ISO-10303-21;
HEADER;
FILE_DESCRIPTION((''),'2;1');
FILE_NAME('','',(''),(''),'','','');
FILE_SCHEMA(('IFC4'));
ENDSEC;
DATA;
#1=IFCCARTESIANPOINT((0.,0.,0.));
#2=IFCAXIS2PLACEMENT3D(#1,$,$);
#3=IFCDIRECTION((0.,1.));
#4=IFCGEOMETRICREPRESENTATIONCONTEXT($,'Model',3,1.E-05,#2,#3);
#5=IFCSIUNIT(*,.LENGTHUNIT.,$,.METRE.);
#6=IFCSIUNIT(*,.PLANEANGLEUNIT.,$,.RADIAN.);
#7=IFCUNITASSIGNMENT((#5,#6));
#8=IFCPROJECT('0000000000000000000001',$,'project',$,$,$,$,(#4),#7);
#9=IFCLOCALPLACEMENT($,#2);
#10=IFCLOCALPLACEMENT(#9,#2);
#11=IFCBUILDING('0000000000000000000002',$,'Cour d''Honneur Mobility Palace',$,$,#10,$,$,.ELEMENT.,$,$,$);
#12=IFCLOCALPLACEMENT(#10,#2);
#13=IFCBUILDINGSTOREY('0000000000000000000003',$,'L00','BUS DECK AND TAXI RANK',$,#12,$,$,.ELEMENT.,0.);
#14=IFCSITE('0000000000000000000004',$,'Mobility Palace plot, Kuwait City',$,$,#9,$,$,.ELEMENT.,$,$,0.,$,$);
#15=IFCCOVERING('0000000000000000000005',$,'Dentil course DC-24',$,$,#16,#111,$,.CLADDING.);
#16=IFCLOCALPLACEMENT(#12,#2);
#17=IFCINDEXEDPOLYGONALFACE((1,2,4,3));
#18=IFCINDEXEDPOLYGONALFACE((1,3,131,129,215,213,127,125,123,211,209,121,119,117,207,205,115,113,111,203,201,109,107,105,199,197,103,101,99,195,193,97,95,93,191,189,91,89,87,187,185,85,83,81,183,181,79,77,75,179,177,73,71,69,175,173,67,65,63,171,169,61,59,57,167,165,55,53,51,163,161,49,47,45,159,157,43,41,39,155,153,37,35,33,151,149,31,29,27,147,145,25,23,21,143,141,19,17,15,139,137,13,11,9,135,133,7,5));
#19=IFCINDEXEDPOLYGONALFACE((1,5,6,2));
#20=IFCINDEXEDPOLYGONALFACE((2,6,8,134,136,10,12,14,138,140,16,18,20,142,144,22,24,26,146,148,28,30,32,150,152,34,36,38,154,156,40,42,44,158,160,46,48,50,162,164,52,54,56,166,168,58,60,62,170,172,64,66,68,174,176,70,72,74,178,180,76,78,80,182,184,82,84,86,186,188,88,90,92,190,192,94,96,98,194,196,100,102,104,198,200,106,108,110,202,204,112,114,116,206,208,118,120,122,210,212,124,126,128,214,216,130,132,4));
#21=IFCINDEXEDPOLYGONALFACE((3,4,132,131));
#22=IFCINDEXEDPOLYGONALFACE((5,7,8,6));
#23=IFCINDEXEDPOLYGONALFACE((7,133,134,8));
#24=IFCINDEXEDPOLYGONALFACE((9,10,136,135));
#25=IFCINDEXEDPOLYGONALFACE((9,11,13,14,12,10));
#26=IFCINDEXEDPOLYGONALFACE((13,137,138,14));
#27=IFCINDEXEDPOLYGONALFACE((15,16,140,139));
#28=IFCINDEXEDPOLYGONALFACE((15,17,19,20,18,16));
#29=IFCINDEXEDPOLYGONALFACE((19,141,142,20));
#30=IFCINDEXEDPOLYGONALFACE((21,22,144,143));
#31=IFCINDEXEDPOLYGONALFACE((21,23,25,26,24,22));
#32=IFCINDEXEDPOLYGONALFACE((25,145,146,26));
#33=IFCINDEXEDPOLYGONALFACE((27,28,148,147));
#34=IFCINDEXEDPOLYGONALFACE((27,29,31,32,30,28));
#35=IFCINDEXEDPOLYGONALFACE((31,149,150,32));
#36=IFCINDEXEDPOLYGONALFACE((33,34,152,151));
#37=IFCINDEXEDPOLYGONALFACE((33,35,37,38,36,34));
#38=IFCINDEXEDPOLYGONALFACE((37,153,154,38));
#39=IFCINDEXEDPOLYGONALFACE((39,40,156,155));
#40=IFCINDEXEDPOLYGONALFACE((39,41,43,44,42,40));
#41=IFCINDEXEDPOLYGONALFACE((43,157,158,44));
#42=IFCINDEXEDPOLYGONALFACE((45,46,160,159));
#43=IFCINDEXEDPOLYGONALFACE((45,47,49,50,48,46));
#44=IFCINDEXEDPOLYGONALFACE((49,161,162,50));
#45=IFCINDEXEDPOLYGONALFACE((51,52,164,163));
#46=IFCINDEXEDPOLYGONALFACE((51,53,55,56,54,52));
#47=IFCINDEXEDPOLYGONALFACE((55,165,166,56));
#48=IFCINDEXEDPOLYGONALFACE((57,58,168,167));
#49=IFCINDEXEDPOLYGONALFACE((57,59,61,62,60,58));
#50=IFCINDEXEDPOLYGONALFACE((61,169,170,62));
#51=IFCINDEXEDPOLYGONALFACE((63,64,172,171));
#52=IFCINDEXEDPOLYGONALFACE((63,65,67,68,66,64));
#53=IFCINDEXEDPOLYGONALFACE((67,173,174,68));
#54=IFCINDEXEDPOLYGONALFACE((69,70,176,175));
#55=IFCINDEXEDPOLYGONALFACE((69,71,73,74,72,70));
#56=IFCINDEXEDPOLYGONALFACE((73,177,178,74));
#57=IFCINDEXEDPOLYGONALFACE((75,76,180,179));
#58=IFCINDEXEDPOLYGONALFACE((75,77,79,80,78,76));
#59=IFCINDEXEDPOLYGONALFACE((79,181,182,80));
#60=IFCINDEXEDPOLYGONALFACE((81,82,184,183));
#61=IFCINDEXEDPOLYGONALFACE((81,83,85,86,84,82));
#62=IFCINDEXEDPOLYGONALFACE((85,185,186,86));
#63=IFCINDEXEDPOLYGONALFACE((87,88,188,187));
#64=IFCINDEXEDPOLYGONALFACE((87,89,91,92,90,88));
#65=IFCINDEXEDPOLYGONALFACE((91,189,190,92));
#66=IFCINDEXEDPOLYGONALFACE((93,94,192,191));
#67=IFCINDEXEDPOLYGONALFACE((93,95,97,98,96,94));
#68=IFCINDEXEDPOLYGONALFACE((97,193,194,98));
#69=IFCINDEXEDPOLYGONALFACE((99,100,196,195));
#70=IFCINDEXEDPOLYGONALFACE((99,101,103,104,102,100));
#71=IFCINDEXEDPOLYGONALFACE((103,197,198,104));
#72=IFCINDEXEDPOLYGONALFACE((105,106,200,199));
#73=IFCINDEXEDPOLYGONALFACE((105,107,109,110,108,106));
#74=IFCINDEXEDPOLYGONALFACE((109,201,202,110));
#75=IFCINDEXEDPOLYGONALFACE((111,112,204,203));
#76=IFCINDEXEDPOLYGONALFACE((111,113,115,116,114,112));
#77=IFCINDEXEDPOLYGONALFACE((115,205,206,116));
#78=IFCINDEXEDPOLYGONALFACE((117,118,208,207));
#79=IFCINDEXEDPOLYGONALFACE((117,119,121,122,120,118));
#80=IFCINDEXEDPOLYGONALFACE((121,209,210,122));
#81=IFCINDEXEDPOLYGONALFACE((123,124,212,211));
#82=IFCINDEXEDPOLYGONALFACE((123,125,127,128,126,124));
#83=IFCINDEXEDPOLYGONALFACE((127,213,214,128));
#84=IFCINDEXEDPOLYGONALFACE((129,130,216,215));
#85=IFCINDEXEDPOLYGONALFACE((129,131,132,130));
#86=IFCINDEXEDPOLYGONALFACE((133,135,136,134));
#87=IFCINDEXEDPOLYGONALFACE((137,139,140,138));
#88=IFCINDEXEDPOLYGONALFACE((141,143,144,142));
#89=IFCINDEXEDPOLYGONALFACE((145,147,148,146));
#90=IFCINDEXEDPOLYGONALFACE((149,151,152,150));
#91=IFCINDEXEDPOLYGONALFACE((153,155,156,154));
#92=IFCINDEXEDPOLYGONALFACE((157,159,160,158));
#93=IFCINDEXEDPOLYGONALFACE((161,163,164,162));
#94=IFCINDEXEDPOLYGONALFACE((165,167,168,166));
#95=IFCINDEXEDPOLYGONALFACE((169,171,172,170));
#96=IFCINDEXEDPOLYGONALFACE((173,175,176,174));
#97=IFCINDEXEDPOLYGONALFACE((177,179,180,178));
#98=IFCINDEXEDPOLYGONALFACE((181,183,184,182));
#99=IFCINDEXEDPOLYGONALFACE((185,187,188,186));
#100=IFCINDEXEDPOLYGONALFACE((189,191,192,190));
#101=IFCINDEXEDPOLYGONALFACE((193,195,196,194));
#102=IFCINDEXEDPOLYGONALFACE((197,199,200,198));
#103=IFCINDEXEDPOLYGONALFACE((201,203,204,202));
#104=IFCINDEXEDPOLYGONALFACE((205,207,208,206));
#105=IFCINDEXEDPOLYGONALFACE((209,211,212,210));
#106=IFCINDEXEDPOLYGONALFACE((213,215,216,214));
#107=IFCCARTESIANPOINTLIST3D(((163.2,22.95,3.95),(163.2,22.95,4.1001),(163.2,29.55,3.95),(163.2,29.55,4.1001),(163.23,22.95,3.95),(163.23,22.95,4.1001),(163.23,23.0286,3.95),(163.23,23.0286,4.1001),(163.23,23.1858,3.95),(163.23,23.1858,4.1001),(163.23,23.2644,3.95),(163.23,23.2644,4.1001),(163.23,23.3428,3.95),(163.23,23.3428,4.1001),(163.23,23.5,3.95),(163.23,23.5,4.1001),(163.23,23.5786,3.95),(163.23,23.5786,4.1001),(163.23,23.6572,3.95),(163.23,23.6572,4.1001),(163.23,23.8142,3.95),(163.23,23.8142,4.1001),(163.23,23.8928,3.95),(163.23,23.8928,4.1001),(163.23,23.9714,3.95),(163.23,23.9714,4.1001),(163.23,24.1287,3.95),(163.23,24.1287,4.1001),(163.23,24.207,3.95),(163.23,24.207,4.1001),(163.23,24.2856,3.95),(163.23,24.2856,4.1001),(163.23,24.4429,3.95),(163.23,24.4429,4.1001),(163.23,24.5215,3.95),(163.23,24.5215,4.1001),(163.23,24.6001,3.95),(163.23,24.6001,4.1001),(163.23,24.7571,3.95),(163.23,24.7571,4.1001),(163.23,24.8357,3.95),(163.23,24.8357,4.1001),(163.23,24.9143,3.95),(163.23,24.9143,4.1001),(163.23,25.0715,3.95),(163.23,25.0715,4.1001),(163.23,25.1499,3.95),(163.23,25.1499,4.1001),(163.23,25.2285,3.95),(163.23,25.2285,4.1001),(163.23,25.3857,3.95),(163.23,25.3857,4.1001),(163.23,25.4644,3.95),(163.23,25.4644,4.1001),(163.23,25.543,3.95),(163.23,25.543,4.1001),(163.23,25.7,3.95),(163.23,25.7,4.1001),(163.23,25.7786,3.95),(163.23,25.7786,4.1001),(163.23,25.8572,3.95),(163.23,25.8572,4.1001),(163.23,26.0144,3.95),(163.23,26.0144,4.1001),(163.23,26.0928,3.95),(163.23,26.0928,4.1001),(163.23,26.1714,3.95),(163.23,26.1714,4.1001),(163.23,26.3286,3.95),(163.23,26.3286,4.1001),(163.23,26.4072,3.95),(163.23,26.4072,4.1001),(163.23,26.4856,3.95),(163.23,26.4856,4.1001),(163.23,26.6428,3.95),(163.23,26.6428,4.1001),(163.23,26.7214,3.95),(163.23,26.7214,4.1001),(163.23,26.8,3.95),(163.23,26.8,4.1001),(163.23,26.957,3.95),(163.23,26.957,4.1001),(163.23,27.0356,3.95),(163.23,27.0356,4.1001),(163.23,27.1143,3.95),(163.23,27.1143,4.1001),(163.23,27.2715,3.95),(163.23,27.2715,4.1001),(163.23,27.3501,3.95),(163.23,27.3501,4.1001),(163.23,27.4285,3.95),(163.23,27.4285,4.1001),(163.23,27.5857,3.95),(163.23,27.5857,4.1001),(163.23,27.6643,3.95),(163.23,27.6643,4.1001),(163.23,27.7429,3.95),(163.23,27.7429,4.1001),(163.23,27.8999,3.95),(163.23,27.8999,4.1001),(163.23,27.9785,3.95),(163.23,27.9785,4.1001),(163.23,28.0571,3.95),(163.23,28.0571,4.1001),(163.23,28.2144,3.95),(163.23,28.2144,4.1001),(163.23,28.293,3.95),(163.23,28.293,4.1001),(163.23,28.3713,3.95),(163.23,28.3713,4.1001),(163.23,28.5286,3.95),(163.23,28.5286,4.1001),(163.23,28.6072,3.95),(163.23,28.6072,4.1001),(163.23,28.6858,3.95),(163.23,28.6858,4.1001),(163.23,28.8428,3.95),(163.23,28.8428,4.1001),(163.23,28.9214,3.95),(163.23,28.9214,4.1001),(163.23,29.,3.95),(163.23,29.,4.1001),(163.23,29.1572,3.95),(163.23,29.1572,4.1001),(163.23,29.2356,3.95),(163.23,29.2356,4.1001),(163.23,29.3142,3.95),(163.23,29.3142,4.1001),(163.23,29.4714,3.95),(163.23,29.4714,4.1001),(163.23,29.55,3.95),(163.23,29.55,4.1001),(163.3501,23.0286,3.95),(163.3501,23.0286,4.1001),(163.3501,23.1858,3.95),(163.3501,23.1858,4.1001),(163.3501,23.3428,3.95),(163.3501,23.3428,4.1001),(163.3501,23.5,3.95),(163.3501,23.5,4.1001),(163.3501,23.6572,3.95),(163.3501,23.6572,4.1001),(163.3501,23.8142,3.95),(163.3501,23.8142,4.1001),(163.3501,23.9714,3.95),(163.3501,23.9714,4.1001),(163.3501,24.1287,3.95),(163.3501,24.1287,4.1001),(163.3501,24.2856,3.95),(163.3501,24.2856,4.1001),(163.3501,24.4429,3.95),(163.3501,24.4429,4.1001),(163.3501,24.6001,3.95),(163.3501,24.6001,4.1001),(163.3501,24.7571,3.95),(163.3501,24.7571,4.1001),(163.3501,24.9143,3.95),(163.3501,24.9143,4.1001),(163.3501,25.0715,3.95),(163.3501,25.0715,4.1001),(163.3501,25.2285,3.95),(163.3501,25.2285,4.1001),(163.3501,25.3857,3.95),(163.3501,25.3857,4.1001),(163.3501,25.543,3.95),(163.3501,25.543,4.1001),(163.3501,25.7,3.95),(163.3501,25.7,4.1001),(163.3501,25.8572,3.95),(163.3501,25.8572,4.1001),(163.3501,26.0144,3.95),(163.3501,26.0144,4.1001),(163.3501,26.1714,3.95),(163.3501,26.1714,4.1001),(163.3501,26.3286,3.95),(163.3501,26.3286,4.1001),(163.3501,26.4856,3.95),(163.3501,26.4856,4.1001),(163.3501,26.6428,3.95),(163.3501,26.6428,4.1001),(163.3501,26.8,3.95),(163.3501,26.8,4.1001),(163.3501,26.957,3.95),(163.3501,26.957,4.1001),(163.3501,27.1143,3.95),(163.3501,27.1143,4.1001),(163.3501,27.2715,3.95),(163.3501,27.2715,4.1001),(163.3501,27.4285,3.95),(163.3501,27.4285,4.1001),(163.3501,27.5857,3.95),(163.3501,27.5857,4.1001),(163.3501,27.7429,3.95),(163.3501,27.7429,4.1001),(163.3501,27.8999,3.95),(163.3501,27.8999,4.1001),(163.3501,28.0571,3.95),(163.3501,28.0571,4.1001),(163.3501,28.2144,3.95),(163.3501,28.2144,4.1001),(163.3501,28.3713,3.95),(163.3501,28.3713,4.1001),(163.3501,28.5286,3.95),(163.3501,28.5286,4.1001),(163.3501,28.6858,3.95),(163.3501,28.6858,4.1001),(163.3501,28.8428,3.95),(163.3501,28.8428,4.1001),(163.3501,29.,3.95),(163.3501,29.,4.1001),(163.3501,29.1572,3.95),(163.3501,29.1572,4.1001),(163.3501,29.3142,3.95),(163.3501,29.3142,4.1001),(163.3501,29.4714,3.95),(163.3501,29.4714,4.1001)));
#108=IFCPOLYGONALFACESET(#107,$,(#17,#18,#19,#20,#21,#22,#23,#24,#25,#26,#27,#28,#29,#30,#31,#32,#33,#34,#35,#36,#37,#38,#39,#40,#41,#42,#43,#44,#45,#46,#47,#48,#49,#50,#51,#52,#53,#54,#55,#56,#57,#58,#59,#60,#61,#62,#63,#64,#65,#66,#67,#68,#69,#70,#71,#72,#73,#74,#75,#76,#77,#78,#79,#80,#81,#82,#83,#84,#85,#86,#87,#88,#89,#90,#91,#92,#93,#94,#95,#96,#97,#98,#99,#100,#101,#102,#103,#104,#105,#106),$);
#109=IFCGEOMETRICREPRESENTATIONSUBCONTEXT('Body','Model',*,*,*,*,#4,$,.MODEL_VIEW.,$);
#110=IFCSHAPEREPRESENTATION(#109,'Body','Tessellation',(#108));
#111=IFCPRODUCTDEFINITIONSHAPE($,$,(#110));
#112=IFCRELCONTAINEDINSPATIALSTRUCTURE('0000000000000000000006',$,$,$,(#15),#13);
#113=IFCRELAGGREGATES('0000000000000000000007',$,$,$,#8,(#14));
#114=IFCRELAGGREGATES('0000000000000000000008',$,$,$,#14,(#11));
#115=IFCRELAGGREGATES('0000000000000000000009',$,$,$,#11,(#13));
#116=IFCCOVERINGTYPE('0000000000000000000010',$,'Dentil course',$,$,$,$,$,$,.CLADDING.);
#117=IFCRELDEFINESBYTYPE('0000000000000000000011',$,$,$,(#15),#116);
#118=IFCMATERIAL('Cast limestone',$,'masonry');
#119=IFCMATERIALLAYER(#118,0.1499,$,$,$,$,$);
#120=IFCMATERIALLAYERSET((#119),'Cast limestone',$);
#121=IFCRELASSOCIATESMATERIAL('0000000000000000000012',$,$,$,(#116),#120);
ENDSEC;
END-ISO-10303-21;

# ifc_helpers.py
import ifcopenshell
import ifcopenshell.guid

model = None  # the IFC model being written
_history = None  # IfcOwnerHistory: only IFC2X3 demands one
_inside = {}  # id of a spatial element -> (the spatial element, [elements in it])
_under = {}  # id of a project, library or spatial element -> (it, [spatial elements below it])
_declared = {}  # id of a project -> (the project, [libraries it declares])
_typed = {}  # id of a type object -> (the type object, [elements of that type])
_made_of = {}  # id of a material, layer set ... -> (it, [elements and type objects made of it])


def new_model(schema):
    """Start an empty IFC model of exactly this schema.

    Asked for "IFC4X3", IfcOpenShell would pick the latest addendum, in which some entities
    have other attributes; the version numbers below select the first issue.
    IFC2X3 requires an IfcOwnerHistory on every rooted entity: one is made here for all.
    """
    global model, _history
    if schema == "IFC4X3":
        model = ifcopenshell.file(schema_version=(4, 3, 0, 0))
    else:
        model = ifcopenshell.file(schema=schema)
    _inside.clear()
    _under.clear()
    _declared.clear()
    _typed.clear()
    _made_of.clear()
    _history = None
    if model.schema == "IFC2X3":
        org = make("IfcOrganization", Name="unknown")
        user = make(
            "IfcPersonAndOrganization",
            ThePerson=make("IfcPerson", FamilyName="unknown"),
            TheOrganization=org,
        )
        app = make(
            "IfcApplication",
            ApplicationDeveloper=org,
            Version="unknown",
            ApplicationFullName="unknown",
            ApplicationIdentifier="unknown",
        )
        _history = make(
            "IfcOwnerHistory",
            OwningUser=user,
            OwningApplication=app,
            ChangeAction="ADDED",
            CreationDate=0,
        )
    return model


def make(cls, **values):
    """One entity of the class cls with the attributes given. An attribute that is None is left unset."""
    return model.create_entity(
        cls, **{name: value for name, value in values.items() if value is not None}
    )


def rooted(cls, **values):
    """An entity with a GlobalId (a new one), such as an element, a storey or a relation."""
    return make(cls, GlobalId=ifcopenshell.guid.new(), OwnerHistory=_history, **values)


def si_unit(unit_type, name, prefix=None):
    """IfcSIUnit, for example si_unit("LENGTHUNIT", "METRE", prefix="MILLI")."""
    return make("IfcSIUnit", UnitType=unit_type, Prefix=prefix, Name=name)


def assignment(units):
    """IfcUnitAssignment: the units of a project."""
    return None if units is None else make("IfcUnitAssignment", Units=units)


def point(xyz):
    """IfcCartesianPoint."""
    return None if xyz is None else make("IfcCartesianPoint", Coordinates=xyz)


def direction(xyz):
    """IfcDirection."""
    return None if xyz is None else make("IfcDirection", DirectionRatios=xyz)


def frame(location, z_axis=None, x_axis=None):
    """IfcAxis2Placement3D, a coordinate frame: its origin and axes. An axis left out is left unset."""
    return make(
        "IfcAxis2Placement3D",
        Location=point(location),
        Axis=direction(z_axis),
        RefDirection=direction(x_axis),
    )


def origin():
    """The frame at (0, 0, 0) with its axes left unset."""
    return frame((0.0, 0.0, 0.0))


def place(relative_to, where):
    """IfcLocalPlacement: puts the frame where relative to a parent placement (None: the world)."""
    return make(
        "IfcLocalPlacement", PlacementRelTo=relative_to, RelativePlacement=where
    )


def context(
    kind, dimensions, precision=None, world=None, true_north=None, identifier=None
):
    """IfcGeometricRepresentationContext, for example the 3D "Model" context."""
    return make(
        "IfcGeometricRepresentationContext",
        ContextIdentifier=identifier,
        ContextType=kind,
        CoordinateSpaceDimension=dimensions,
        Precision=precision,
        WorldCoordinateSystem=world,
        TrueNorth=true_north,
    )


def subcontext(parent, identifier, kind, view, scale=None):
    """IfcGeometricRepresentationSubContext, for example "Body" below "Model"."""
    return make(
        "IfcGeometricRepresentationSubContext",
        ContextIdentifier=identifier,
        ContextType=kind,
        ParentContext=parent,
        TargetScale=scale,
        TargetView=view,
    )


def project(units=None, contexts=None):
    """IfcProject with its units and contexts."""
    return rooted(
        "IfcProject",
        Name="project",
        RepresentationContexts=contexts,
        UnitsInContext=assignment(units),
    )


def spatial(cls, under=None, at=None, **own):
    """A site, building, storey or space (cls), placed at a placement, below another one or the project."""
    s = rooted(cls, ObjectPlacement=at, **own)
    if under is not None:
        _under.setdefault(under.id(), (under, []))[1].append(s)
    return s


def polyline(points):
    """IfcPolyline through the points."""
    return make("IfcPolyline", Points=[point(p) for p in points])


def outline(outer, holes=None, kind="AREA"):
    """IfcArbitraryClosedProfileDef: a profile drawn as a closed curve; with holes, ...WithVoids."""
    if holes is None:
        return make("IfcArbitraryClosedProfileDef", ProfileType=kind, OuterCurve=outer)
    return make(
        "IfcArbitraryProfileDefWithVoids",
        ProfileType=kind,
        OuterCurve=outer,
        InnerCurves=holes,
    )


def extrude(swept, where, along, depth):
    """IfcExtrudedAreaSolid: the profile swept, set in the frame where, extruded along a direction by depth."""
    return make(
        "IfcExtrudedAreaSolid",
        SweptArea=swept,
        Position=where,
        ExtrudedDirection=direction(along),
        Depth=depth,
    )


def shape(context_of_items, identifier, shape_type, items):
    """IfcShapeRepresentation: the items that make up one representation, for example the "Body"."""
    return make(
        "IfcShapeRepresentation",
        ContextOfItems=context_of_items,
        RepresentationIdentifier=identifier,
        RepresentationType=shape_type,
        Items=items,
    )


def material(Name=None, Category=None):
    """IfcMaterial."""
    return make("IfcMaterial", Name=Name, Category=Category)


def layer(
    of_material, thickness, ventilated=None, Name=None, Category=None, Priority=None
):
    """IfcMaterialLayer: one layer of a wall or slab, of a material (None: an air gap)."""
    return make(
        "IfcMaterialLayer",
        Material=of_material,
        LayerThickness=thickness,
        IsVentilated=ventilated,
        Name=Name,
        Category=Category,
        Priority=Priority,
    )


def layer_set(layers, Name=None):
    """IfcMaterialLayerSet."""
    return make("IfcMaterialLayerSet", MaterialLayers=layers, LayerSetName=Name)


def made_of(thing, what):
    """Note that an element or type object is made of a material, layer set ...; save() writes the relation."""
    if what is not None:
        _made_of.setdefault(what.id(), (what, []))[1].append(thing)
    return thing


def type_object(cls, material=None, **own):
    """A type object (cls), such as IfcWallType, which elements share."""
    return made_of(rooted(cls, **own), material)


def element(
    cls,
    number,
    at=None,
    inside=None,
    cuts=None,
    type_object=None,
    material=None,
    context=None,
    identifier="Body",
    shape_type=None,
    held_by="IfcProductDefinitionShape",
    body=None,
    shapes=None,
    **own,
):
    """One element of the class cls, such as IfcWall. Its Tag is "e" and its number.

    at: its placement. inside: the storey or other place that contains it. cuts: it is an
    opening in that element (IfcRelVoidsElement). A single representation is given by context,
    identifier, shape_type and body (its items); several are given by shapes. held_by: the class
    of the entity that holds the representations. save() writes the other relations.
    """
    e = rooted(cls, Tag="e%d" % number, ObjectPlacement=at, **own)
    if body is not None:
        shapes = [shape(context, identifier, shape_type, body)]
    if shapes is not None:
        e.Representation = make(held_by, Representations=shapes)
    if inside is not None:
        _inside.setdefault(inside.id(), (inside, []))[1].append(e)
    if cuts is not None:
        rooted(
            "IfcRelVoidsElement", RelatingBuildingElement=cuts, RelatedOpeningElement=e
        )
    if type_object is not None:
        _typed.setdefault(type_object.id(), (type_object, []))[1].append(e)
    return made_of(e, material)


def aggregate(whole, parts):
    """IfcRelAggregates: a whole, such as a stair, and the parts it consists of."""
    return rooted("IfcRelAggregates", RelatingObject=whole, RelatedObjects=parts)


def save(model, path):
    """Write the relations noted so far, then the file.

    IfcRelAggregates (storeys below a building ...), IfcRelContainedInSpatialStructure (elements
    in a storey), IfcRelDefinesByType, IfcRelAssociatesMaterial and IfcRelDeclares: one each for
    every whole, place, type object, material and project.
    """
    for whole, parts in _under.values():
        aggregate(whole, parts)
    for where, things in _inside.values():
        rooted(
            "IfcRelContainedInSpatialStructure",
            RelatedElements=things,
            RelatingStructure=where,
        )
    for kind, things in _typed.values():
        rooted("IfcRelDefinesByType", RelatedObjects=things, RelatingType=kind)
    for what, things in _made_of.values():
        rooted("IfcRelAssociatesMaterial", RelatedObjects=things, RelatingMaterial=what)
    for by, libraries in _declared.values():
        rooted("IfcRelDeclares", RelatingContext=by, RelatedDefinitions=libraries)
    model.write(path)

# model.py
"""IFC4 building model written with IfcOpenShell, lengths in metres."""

from ifc_helpers import new_model, si_unit, direction, frame, origin, place, context, subcontext, project, spatial, polyline, outline, extrude, material, layer, layer_set, type_object, element, save


model = new_model("IFC4")

# Units and contexts
model_context = context("Model", 3, precision=1e-05, world=origin(), true_north=direction((0.0, 1.0)))
body_context = subcontext(model_context, "Body", "Model", "MODEL_VIEW")
ifc_project = project(units=[si_unit("LENGTHUNIT", "METRE"), si_unit("PLANEANGLEUNIT", "RADIAN")], contexts=[model_context])

# Site, building, storey
site_placement = place(None, origin())
site = spatial("IfcSite", under=ifc_project, at=site_placement, Name="Mobility Palace plot, Kuwait City", CompositionType="ELEMENT", RefElevation=0.0)
building_placement = place(site_placement, origin())
building = spatial("IfcBuilding", under=site, at=building_placement, Name="Cour d'Honneur Mobility Palace", CompositionType="ELEMENT")
storey_placement = place(building_placement, origin())
storey = spatial("IfcBuildingStorey", under=building, at=storey_placement, Name="L00", Description="BUS DECK AND TAXI RANK", CompositionType="ELEMENT", Elevation=0.0)

# Covering
ifc_material = material(Name="Cast limestone", Category="masonry")
ifc_layer = layer(ifc_material, 0.1499)
ifc_layer_set = layer_set([ifc_layer], Name="Cast limestone")
covering_type = type_object("IfcCoveringType", Name="Dentil course", PredefinedType="CLADDING", material=ifc_layer_set)
covering_1_placement = place(storey_placement, frame((0.0, 0.0, 3.95)))
element("IfcCovering", 1, at=covering_1_placement, inside=storey, type_object=covering_type, Name="Dentil course DC-24", PredefinedType="CLADDING", context=body_context, shape_type="SweptSolid", body=[
    extrude(outline(polyline([(163.2, 22.95), (163.2, 29.55), (163.23, 29.55), (163.23, 29.55), (163.23, 29.4714), (163.3501, 29.4714), (163.3501, 29.3142), (163.23, 29.3142), (163.23, 29.2356), (163.23, 29.2356), (163.23, 29.1572), (163.3501, 29.1572), (163.3501, 29.0), (163.23, 29.0), (163.23, 28.9214), (163.23, 28.9214), (163.23, 28.8428), (163.3501, 28.8428), (163.3501, 28.6858), (163.23, 28.6858), (163.23, 28.6072), (163.23, 28.6072), (163.23, 28.5286), (163.3501, 28.5286), (163.3501, 28.3713), (163.23, 28.3713), (163.23, 28.293), (163.23, 28.293), (163.23, 28.2144), (163.3501, 28.2144), (163.3501, 28.0571), (163.23, 28.0571), (163.23, 27.9785), (163.23, 27.9785), (163.23, 27.8999), (163.3501, 27.8999), (163.3501, 27.7429), (163.23, 27.7429), (163.23, 27.6643), (163.23, 27.6643), (163.23, 27.5857), (163.3501, 27.5857), (163.3501, 27.4285), (163.23, 27.4285), (163.23, 27.3501), (163.23, 27.3501), (163.23, 27.2715), (163.3501, 27.2715), (163.3501, 27.1143), (163.23, 27.1143), (163.23, 27.0356), (163.23, 27.0356), (163.23, 26.957), (163.3501, 26.957), (163.3501, 26.8), (163.23, 26.8), (163.23, 26.7214), (163.23, 26.7214), (163.23, 26.6428), (163.3501, 26.6428), (163.3501, 26.4856), (163.23, 26.4856), (163.23, 26.4072), (163.23, 26.4072), (163.23, 26.3286), (163.3501, 26.3286), (163.3501, 26.1714), (163.23, 26.1714), (163.23, 26.0928), (163.23, 26.0928), (163.23, 26.0144), (163.3501, 26.0144), (163.3501, 25.8572), (163.23, 25.8572), (163.23, 25.7786), (163.23, 25.7786), (163.23, 25.7), (163.3501, 25.7), (163.3501, 25.543), (163.23, 25.543), (163.23, 25.4644), (163.23, 25.4644), (163.23, 25.3857), (163.3501, 25.3857), (163.3501, 25.2285), (163.23, 25.2285), (163.23, 25.1499), (163.23, 25.1499), (163.23, 25.0715), (163.3501, 25.0715), (163.3501, 24.9143), (163.23, 24.9143), (163.23, 24.8357), (163.23, 24.8357), (163.23, 24.7571), (163.3501, 24.7571), (163.3501, 24.6001), (163.23, 24.6001), (163.23, 24.5215), (163.23, 24.5215), (163.23, 24.4429), (163.3501, 24.4429), (163.3501, 24.2856), (163.23, 24.2856), (163.23, 24.207), (163.23, 24.207), (163.23, 24.1287), (163.3501, 24.1287), (163.3501, 23.9714), (163.23, 23.9714), (163.23, 23.8928), (163.23, 23.8928), (163.23, 23.8142), (163.3501, 23.8142), (163.3501, 23.6572), (163.23, 23.6572), (163.23, 23.5786), (163.23, 23.5786), (163.23, 23.5), (163.3501, 23.5), (163.3501, 23.3428), (163.23, 23.3428), (163.23, 23.2644), (163.23, 23.2644), (163.23, 23.1858), (163.3501, 23.1858), (163.3501, 23.0286), (163.23, 23.0286), (163.23, 22.95), (163.2, 22.95)])), origin(), (0.0, 0.0, 1.0), 0.1501),
])

save(model, "model.ifc")
